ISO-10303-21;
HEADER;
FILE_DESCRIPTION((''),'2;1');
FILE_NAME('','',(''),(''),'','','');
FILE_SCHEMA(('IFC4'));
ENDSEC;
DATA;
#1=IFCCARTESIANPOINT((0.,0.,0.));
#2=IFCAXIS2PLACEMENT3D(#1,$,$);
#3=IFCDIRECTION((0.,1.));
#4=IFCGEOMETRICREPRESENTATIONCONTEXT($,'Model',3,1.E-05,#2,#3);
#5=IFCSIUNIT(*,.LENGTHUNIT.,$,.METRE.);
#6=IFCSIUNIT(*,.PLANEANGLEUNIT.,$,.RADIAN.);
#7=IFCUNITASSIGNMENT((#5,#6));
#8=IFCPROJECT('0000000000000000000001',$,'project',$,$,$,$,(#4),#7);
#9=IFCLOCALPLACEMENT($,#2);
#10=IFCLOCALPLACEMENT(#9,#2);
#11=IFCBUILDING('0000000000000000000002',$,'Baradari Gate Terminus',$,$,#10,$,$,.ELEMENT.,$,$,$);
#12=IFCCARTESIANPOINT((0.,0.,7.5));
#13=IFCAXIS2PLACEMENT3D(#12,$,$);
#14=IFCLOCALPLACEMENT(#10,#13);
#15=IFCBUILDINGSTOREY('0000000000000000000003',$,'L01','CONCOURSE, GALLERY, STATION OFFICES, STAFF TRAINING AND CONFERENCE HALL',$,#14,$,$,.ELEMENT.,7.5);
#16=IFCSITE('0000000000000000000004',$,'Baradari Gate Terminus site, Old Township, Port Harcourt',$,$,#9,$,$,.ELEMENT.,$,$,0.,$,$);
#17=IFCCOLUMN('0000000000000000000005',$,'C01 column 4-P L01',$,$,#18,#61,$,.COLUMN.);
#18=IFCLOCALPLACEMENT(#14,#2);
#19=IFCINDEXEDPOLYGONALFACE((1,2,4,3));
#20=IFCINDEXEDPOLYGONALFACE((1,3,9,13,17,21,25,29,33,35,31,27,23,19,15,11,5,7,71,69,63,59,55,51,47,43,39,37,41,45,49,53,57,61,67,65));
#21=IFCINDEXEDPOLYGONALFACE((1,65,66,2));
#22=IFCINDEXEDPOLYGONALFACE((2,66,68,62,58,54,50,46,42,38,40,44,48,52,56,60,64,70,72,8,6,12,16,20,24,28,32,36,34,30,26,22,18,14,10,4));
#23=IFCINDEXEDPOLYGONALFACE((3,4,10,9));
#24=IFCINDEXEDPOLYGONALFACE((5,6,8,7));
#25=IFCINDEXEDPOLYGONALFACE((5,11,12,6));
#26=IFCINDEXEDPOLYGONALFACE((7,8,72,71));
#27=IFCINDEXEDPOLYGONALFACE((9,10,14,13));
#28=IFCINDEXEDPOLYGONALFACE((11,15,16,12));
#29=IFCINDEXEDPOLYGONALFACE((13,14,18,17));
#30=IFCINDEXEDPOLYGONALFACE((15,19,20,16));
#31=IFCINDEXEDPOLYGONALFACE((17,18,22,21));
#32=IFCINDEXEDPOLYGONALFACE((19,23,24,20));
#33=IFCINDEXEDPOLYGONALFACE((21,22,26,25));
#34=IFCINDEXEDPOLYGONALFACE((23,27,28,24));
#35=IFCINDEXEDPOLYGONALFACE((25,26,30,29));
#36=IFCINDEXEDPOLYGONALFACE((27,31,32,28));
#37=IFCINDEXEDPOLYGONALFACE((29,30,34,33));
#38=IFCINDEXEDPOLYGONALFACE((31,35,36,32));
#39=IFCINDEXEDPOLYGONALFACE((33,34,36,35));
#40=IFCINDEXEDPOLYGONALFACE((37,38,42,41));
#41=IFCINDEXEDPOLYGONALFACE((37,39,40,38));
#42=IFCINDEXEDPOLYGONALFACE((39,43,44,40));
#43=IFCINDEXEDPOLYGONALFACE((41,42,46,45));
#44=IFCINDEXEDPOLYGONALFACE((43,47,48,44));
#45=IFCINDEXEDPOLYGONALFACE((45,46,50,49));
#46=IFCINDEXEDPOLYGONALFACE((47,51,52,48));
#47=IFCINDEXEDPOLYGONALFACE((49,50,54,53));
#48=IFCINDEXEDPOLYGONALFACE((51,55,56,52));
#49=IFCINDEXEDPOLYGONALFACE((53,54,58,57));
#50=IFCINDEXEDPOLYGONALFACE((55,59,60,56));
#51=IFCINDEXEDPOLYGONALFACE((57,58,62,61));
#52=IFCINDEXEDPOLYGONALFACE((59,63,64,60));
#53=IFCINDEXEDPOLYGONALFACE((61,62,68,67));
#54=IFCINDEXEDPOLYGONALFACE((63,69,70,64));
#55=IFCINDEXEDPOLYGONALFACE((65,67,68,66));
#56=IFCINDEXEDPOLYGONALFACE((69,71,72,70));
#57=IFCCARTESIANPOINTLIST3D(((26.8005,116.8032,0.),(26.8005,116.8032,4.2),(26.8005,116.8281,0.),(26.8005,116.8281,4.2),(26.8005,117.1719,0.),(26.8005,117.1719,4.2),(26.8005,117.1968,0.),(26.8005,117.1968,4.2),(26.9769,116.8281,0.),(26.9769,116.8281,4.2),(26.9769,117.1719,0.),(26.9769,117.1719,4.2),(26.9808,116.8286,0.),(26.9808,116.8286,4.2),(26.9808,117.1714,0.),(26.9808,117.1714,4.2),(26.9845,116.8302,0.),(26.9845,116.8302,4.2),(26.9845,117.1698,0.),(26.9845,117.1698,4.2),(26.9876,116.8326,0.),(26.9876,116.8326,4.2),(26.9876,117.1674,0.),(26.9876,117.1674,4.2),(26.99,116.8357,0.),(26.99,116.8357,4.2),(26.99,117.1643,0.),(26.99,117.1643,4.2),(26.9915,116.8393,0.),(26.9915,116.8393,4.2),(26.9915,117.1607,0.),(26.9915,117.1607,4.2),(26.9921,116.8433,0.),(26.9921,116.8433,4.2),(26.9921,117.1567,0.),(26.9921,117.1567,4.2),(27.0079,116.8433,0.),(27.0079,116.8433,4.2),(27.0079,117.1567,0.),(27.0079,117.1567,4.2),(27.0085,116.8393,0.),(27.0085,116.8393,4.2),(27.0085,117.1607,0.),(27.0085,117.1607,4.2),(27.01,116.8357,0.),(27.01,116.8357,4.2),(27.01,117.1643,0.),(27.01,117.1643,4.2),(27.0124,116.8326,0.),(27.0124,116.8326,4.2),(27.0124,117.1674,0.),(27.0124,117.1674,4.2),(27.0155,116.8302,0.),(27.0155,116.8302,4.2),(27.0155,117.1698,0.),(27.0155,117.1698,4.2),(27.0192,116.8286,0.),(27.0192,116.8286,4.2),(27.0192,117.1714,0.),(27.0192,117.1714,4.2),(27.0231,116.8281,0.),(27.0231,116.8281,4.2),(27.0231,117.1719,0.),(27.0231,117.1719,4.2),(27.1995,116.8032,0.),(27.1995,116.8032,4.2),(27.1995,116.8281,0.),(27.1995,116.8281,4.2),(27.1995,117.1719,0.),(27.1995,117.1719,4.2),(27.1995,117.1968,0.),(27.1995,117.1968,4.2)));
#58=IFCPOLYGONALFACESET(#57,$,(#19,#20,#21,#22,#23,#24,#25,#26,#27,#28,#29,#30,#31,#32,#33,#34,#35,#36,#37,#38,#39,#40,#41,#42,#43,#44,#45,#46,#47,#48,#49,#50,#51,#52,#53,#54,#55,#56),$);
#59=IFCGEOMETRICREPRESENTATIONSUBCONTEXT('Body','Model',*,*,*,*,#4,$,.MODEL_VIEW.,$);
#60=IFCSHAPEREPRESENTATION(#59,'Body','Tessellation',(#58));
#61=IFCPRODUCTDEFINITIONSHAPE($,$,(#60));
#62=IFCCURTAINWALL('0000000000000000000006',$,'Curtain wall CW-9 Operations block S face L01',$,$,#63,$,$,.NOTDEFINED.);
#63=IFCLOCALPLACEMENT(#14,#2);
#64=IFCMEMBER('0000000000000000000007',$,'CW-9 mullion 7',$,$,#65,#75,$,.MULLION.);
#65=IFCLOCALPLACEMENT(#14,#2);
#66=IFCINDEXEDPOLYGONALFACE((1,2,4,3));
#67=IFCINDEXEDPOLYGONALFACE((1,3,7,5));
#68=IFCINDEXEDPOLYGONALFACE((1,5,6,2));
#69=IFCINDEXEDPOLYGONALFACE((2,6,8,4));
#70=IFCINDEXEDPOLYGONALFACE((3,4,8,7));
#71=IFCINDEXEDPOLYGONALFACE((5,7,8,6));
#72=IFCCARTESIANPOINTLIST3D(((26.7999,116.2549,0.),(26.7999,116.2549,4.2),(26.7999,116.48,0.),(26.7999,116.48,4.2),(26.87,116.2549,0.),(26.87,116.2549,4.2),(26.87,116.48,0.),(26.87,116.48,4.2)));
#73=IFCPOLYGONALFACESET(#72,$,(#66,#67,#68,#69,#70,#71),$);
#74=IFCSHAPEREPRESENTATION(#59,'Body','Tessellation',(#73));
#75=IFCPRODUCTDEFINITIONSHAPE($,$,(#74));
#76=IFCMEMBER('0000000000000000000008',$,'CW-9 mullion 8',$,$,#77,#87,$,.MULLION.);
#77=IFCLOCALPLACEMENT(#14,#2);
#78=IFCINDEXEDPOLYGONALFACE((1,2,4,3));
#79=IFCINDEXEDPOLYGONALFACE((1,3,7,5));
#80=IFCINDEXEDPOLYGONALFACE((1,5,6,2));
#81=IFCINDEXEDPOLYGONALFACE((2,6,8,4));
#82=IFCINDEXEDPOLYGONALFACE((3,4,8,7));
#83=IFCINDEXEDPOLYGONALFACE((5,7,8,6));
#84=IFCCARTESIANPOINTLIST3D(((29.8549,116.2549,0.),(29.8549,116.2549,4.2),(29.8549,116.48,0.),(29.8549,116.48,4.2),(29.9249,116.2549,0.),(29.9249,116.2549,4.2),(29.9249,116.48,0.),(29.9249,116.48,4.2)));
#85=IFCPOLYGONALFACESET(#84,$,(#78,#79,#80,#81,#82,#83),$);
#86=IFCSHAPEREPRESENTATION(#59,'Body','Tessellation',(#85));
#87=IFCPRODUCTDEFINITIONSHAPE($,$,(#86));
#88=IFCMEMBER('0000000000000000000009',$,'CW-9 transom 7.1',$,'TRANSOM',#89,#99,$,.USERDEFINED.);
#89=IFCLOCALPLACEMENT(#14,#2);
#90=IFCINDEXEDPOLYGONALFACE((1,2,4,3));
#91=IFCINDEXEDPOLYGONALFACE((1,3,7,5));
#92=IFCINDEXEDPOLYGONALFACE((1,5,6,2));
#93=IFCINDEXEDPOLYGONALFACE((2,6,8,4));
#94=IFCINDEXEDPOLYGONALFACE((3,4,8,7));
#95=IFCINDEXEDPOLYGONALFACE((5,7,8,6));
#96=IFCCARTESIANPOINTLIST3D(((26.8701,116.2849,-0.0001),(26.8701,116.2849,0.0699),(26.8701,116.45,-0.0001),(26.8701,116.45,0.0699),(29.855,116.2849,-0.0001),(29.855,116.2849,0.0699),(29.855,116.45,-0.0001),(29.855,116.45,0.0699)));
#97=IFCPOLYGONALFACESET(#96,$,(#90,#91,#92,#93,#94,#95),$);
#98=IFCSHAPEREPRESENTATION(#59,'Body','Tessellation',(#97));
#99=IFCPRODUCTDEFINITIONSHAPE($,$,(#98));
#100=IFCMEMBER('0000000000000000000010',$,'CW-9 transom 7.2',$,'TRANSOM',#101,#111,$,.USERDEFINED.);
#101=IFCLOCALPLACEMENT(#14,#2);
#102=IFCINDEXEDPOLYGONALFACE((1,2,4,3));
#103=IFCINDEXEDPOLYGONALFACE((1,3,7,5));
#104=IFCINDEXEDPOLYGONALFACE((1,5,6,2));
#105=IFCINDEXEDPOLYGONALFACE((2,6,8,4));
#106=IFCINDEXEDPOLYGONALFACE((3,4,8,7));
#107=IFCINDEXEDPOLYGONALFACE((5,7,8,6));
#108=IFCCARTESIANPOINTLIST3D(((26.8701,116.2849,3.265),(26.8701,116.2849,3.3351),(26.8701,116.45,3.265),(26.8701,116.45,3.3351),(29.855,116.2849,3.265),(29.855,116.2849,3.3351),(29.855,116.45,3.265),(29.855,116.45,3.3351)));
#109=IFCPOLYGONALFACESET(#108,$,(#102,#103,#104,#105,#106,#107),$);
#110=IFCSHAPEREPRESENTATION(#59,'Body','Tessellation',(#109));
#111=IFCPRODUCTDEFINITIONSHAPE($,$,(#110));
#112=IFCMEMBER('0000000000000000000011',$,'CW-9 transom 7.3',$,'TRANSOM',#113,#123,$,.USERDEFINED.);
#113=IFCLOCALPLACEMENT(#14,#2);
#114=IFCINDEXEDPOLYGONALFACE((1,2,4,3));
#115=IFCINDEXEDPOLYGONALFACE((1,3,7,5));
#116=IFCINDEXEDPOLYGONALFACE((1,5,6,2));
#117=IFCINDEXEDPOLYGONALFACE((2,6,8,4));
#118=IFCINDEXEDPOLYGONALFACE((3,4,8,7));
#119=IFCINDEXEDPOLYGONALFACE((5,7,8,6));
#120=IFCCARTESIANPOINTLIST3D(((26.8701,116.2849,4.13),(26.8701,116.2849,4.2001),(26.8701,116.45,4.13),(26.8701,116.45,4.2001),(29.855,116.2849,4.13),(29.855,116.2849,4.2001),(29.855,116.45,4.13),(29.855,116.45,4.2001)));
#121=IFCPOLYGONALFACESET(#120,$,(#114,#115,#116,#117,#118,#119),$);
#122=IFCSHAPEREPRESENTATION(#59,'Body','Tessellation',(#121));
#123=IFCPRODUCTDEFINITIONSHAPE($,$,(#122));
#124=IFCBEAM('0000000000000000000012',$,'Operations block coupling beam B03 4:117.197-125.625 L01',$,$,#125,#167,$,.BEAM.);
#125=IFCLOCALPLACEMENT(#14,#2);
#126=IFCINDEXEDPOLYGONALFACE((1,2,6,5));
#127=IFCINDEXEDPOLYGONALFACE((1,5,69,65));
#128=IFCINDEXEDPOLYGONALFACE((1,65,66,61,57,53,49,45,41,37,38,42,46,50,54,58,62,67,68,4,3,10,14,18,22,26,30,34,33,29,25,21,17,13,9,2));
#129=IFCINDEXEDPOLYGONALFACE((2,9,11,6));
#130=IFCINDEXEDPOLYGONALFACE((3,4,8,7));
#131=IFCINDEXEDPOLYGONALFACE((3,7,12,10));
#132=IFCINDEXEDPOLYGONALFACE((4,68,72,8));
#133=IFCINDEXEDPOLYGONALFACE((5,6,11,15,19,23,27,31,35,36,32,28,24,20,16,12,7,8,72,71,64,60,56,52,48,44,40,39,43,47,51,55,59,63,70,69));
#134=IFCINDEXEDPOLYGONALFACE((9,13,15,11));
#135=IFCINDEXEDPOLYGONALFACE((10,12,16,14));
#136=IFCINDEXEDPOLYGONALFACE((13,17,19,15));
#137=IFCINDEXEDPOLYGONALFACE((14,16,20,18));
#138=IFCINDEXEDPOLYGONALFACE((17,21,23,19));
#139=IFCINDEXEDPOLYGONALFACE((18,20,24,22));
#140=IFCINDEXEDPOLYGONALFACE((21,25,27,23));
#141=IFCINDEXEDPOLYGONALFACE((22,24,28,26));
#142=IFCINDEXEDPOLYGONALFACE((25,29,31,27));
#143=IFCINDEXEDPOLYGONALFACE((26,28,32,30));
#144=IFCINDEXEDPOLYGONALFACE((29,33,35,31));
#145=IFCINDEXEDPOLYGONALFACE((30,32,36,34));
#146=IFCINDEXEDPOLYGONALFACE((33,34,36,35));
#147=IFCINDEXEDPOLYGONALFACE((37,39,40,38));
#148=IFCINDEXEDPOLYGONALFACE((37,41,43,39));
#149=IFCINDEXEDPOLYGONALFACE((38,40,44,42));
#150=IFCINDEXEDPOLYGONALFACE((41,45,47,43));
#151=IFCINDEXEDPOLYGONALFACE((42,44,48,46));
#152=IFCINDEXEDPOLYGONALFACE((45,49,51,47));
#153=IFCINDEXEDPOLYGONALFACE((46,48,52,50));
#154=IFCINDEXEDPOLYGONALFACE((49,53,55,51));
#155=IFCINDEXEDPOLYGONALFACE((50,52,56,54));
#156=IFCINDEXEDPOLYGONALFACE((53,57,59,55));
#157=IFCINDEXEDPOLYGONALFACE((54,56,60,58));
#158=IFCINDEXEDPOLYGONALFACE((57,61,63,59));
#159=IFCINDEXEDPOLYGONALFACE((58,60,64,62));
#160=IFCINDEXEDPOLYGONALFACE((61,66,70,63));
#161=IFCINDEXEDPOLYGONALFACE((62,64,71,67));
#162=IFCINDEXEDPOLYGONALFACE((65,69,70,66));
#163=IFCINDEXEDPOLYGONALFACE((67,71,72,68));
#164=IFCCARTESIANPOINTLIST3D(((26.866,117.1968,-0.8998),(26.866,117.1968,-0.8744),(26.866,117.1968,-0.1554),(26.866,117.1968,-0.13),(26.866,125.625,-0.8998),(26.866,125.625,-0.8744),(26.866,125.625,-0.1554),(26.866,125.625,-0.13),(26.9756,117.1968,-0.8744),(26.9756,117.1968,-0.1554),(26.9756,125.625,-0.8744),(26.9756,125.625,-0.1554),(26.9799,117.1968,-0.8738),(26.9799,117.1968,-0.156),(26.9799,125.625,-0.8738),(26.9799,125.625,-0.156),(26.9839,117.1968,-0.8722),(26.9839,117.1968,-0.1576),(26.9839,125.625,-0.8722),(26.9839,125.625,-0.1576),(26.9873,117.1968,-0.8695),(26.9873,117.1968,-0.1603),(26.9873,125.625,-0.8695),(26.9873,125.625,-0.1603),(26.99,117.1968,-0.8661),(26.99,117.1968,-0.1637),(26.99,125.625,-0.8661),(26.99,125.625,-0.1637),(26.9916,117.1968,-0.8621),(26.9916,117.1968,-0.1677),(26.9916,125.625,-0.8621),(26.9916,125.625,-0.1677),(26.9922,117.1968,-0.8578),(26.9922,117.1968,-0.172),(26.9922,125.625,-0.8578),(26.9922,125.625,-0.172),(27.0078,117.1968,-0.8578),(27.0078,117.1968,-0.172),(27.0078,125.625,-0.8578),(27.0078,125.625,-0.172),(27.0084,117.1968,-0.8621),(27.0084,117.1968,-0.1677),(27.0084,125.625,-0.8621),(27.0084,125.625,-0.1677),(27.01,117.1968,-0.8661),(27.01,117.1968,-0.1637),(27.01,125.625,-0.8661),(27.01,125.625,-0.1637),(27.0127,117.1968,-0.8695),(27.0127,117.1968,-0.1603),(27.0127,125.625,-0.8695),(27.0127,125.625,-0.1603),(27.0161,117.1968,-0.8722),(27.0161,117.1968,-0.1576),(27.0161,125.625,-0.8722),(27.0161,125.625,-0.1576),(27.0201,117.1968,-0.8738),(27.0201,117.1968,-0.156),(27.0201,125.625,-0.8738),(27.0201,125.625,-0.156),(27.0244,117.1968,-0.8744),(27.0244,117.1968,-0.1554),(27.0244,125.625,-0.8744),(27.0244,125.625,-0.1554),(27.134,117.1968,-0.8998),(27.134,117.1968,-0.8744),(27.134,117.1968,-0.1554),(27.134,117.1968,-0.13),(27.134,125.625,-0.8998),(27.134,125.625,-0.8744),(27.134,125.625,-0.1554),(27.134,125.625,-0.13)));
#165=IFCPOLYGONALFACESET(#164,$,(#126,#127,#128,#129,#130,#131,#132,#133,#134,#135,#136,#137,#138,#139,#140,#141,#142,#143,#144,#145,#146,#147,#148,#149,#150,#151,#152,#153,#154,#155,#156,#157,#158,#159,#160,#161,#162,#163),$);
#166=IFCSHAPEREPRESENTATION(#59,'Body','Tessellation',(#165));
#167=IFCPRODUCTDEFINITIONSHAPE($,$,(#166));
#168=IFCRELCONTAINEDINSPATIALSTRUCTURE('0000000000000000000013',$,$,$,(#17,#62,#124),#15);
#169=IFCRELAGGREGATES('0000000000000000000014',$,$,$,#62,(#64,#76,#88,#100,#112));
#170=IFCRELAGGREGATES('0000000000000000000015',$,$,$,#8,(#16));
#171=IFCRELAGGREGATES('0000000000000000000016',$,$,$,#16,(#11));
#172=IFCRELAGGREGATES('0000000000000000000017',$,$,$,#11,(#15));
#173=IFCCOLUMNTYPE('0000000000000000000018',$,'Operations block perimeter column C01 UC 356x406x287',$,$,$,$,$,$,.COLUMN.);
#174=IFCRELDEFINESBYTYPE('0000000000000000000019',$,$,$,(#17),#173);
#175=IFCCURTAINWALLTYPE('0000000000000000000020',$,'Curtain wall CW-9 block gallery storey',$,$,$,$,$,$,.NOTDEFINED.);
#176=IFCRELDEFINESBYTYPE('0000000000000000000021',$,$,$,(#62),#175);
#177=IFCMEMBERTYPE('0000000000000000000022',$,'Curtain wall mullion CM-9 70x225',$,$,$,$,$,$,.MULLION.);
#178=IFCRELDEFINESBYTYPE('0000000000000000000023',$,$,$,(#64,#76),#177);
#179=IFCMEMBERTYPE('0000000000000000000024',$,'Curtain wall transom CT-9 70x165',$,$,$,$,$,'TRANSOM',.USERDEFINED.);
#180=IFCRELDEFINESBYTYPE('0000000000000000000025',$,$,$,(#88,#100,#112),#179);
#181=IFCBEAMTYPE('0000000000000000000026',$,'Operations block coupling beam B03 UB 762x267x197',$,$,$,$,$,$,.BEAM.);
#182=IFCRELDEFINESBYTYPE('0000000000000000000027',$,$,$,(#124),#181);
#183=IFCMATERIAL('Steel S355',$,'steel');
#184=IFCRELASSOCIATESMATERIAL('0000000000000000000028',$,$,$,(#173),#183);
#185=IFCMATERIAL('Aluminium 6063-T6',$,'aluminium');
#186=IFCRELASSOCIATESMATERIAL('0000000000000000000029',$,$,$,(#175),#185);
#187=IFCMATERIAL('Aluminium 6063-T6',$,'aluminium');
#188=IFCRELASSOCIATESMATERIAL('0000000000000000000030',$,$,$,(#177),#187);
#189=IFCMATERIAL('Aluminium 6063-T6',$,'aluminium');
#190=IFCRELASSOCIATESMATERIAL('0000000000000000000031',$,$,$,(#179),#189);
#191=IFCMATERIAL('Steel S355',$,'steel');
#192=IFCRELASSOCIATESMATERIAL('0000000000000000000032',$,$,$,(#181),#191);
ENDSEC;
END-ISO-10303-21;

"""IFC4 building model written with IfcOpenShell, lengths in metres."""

from ifc_helpers import new_model, si_unit, direction, frame, origin, origin_2d, place, context, subcontext, project, spatial, rectangle, i_section, extrude, material, material_profile, profile_set, type_object, element, aggregate, save


model = new_model("IFC4")

# Units and contexts
model_context = context("Model", 3, precision=1e-05, world=origin(), true_north=direction((0.0, 1.0)))
body_context = subcontext(model_context, "Body", "Model", "MODEL_VIEW")
ifc_project = project(units=[si_unit("LENGTHUNIT", "METRE"), si_unit("PLANEANGLEUNIT", "RADIAN")], contexts=[model_context])

# Site, building, storey
site_placement = place(None, origin())
site = spatial("IfcSite", under=ifc_project, at=site_placement, Name="Baradari Gate Terminus site, Old Township, Port Harcourt", CompositionType="ELEMENT", RefElevation=0.0)
building_placement = place(site_placement, origin())
building = spatial("IfcBuilding", under=site, at=building_placement, Name="Baradari Gate Terminus", CompositionType="ELEMENT")
storey_placement = place(building_placement, frame((0.0, 0.0, 7.5)))
storey = spatial("IfcBuildingStorey", under=building, at=storey_placement, Name="L01", Description="CONCOURSE, GALLERY, STATION OFFICES, STAFF TRAINING AND CONFERENCE HALL", CompositionType="ELEMENT", Elevation=7.5)

# Column
ifc_material_1 = material(Name="Steel S355", Category="steel")
ifc_material_profile_1 = material_profile(ifc_material_1, i_section(OverallWidth=0.3989, OverallDepth=0.3936, WebThickness=0.0159, FlangeThickness=0.0249, FilletRadius=0.0151, at=origin_2d()), Name="UC 356x406x287")
ifc_profile_set_1 = profile_set([ifc_material_profile_1], Name="Steel S355")
column_type = type_object("IfcColumnType", Name="Operations block perimeter column C01 UC 356x406x287", PredefinedType="COLUMN", material=ifc_profile_set_1)
column_placement = place(storey_placement, frame((27.0, 117.0, 0.0), z_axis=(0.0, 0.0, 1.0), x_axis=(1.0, 0.0, 0.0)))
element("IfcColumn", 1, at=column_placement, inside=storey, type_object=column_type, Name="C01 column 4-P L01", PredefinedType="COLUMN", context=body_context, shape_type="SweptSolid", body=[
    extrude(i_section(OverallWidth=0.3989, OverallDepth=0.3936, WebThickness=0.0159, FlangeThickness=0.0249, FilletRadius=0.0151, at=origin_2d()), origin(), (0.0, 0.0, 1.0), 4.2),
])

# Curtain wall, members
ifc_material_2 = material(Name="Aluminium 6063-T6", Category="aluminium")
curtain_wall_type = type_object("IfcCurtainWallType", Name="Curtain wall CW-9 block gallery storey", PredefinedType="NOTDEFINED", material=ifc_material_2)
curtain_wall_placement = place(storey_placement, origin())
curtain_wall = element("IfcCurtainWall", 2, at=curtain_wall_placement, inside=storey, type_object=curtain_wall_type, Name="Curtain wall CW-9 Operations block S face L01", PredefinedType="NOTDEFINED")
ifc_material_3 = material(Name="Aluminium 6063-T6", Category="aluminium")
ifc_material_profile_2 = material_profile(ifc_material_3, rectangle(XDim=0.2251, YDim=0.0701, at=origin_2d()), Name="CM-9 70X225")
ifc_profile_set_2 = profile_set([ifc_material_profile_2], Name="Aluminium 6063-T6")
member_type_1 = type_object("IfcMemberType", Name="Curtain wall mullion CM-9 70x225", PredefinedType="MULLION", material=ifc_profile_set_2)
member_1_placement = place(storey_placement, frame((26.835, 116.3674, 0.0), z_axis=(0.0, 0.0, 1.0), x_axis=(0.0, 1.0, 0.0)))
member_1 = element("IfcMember", 3, at=member_1_placement, type_object=member_type_1, Name="CW-9 mullion 7", PredefinedType="MULLION", context=body_context, shape_type="SweptSolid", body=[
    extrude(rectangle(XDim=0.2251, YDim=0.0701, at=origin_2d()), origin(), (0.0, 0.0, 1.0), 4.2),
])
member_2_placement = place(storey_placement, frame((29.8899, 116.3674, 0.0), z_axis=(0.0, 0.0, 1.0), x_axis=(0.0, 1.0, 0.0)))
member_2 = element("IfcMember", 4, at=member_2_placement, type_object=member_type_1, Name="CW-9 mullion 8", PredefinedType="MULLION", context=body_context, shape_type="SweptSolid", body=[
    extrude(rectangle(XDim=0.2251, YDim=0.0701, at=origin_2d()), origin(), (0.0, 0.0, 1.0), 4.2),
])
ifc_material_4 = material(Name="Aluminium 6063-T6", Category="aluminium")
ifc_material_profile_3 = material_profile(ifc_material_4, rectangle(XDim=0.165, YDim=0.0701, at=origin_2d()), Name="CT-9 70X165")
ifc_profile_set_3 = profile_set([ifc_material_profile_3], Name="Aluminium 6063-T6")
member_type_2 = type_object("IfcMemberType", Name="Curtain wall transom CT-9 70x165", ElementType="TRANSOM", PredefinedType="USERDEFINED", material=ifc_profile_set_3)
member_3_placement = place(storey_placement, frame((26.8701, 116.3674, 0.0349), z_axis=(1.0, 0.0, 0.0), x_axis=(0.0, 1.0, 0.0)))
member_3 = element("IfcMember", 5, at=member_3_placement, type_object=member_type_2, Name="CW-9 transom 7.1", ObjectType="TRANSOM", PredefinedType="USERDEFINED", context=body_context, shape_type="SweptSolid", body=[
    extrude(rectangle(XDim=0.165, YDim=0.0701, at=origin_2d()), origin(), (0.0, 0.0, 1.0), 2.9849),
])
member_4_placement = place(storey_placement, frame((26.8701, 116.3674, 3.3), z_axis=(1.0, 0.0, 0.0), x_axis=(0.0, 1.0, 0.0)))
member_4 = element("IfcMember", 6, at=member_4_placement, type_object=member_type_2, Name="CW-9 transom 7.2", ObjectType="TRANSOM", PredefinedType="USERDEFINED", context=body_context, shape_type="SweptSolid", body=[
    extrude(rectangle(XDim=0.165, YDim=0.0701, at=origin_2d()), origin(), (0.0, 0.0, 1.0), 2.9849),
])
member_5_placement = place(storey_placement, frame((26.8701, 116.3674, 4.165), z_axis=(1.0, 0.0, 0.0), x_axis=(0.0, 1.0, 0.0)))
member_5 = element("IfcMember", 7, at=member_5_placement, type_object=member_type_2, Name="CW-9 transom 7.3", ObjectType="TRANSOM", PredefinedType="USERDEFINED", context=body_context, shape_type="SweptSolid", body=[
    extrude(rectangle(XDim=0.165, YDim=0.0701, at=origin_2d()), origin(), (0.0, 0.0, 1.0), 2.9849),
])

# Beam
ifc_material_5 = material(Name="Steel S355", Category="steel")
ifc_material_profile_4 = material_profile(ifc_material_5, i_section(OverallWidth=0.2681, OverallDepth=0.7698, WebThickness=0.0156, FlangeThickness=0.0254, FilletRadius=0.0166, at=origin_2d()), Name="UB 762x267x197")
ifc_profile_set_4 = profile_set([ifc_material_profile_4], Name="Steel S355")
beam_type_1 = type_object("IfcBeamType", Name="Operations block coupling beam B03 UB 762x267x197", PredefinedType="BEAM", material=ifc_profile_set_4)
beam_1_placement = place(storey_placement, frame((27.0, 117.1968, -0.5149), z_axis=(0.0, 1.0, 0.0), x_axis=(-1.0, 0.0, 0.0)))
element("IfcBeam", 8, at=beam_1_placement, inside=storey, type_object=beam_type_1, Name="Operations block coupling beam B03 4:117.197-125.625 L01", PredefinedType="BEAM", context=body_context, shape_type="SweptSolid", body=[
    extrude(i_section(OverallWidth=0.2681, OverallDepth=0.7698, WebThickness=0.0156, FlangeThickness=0.0254, FilletRadius=0.0166, at=origin_2d()), origin(), (0.0, 0.0, 1.0), 8.4282),
])

aggregate(curtain_wall, [member_1, member_2, member_3, member_4, member_5])

save(model, "model.ifc")
